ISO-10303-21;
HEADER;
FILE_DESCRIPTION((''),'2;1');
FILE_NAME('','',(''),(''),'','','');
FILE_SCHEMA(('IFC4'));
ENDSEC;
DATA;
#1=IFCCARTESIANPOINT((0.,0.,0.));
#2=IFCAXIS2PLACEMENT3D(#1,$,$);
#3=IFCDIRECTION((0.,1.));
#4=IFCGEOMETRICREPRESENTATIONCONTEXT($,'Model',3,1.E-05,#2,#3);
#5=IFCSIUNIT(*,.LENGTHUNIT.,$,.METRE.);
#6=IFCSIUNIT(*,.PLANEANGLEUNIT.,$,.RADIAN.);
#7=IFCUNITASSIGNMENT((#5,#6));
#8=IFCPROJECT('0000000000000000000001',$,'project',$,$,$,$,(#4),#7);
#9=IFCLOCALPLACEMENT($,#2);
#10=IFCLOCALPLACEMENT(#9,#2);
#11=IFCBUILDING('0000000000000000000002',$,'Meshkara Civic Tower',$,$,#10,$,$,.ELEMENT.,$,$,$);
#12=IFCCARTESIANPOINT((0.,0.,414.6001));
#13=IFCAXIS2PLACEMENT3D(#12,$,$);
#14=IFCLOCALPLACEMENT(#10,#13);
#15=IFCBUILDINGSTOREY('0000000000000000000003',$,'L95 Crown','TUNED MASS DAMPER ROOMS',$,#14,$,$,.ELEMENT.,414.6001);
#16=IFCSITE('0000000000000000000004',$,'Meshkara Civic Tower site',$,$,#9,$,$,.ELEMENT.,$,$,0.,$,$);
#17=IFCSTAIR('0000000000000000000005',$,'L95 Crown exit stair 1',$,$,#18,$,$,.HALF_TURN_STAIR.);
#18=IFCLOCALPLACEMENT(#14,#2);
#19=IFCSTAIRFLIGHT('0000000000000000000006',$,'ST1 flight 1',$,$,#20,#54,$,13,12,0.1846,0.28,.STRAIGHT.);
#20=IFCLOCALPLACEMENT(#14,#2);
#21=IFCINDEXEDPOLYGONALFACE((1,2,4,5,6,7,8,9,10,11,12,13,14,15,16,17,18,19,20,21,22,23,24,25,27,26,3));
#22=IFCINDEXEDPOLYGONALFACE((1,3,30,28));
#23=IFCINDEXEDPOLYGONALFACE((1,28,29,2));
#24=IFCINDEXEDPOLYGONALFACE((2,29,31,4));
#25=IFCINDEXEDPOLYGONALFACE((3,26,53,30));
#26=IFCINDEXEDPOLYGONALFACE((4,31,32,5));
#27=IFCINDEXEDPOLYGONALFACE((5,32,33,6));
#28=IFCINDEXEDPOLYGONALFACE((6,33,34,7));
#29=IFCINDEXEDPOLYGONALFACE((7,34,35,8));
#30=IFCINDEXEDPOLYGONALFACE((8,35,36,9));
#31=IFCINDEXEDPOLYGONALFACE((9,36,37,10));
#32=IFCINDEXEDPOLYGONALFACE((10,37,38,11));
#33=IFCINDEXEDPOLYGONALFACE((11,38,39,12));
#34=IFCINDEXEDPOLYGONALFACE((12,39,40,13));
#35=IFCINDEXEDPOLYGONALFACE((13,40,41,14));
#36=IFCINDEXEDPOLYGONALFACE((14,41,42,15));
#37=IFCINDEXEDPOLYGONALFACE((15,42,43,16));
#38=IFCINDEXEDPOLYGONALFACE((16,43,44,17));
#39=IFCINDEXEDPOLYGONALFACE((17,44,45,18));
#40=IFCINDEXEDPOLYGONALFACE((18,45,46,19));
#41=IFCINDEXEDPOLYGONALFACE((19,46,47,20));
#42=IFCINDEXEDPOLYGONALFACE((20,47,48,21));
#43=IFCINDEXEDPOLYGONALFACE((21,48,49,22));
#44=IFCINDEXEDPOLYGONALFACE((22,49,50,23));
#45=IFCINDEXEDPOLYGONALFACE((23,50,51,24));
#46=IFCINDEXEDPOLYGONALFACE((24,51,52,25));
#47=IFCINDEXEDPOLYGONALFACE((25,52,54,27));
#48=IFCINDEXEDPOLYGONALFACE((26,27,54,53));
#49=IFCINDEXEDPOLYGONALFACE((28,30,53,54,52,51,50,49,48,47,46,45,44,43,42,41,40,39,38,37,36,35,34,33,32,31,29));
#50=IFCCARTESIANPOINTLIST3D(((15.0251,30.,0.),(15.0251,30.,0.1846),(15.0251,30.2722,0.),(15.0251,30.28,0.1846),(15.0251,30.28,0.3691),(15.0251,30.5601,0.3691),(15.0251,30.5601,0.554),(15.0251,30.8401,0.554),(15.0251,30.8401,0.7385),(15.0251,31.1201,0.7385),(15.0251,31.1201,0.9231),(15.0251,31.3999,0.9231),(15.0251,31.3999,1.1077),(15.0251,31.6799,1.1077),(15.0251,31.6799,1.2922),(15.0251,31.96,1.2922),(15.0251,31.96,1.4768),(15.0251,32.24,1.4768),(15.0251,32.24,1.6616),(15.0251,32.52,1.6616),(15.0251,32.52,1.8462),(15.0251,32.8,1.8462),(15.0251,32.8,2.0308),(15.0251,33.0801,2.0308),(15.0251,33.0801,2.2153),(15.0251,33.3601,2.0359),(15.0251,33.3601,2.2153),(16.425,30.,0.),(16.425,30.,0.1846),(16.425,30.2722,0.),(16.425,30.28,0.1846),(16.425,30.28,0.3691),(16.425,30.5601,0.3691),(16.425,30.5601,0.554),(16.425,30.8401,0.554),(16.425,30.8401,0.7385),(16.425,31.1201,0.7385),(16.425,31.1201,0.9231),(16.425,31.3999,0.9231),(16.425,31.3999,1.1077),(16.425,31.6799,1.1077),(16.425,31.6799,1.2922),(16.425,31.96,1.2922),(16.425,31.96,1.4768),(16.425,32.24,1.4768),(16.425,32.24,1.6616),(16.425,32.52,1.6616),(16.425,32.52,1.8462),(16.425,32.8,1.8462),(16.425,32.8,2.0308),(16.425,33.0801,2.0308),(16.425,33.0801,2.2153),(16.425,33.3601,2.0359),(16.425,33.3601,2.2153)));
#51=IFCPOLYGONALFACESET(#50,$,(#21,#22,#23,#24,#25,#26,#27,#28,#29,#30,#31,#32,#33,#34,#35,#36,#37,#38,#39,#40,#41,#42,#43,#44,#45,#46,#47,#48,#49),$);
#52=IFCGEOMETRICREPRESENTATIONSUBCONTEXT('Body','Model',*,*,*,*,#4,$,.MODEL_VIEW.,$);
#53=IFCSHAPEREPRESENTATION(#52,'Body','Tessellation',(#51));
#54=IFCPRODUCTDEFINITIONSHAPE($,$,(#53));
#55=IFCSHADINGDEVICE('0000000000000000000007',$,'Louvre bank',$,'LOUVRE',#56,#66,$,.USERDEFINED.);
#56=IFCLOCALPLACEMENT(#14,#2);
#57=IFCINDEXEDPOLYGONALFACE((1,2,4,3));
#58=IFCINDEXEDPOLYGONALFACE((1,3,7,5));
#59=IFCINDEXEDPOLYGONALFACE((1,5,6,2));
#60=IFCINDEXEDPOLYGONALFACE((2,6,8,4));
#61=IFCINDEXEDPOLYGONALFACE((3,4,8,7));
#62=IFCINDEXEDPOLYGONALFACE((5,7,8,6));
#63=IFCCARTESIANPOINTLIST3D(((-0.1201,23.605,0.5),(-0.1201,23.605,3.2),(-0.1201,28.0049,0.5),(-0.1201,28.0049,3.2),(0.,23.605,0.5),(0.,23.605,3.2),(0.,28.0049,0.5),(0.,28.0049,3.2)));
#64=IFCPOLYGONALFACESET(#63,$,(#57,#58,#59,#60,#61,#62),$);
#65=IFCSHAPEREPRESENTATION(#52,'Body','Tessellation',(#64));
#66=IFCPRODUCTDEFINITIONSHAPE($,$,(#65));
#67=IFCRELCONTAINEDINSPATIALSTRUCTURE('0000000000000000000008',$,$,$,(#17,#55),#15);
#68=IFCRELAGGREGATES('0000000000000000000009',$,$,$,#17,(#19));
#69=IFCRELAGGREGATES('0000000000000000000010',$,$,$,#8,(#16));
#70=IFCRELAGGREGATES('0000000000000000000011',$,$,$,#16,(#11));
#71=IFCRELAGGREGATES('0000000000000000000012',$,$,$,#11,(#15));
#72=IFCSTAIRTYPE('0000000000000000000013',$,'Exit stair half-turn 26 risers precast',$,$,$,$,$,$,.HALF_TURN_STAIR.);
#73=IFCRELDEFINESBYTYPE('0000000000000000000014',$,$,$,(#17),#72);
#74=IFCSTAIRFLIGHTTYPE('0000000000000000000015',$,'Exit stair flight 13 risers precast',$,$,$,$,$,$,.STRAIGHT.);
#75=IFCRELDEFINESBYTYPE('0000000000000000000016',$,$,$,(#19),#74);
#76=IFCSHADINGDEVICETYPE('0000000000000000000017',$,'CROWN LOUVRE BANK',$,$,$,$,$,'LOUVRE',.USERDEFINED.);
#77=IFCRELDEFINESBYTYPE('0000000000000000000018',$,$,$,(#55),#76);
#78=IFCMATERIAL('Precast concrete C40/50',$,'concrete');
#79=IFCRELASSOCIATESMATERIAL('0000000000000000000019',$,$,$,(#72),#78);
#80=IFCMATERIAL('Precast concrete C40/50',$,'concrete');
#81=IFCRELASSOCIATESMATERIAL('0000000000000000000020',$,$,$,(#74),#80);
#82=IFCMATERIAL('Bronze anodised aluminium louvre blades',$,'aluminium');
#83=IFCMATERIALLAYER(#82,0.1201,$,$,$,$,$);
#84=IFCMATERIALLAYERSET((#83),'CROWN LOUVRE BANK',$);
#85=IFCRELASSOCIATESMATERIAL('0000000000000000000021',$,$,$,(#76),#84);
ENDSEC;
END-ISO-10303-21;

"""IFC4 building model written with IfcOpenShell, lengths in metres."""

from ifc_helpers import new_model, si_unit, direction, frame, origin, origin_2d, place, context, subcontext, project, spatial, polyline, rectangle, outline, extrude, material, layer, layer_set, type_object, element, aggregate, save


model = new_model("IFC4")

# Units and contexts
model_context = context("Model", 3, precision=1e-05, world=origin(), true_north=direction((0.0, 1.0)))
body_context = subcontext(model_context, "Body", "Model", "MODEL_VIEW")
ifc_project = project(units=[si_unit("LENGTHUNIT", "METRE"), si_unit("PLANEANGLEUNIT", "RADIAN")], contexts=[model_context])

# Site, building, storey
site_placement = place(None, origin())
site = spatial("IfcSite", under=ifc_project, at=site_placement, Name="Meshkara Civic Tower site", CompositionType="ELEMENT", RefElevation=0.0)
building_placement = place(site_placement, origin())
building = spatial("IfcBuilding", under=site, at=building_placement, Name="Meshkara Civic Tower", CompositionType="ELEMENT")
storey_placement = place(building_placement, frame((0.0, 0.0, 414.6001)))
storey = spatial("IfcBuildingStorey", under=building, at=storey_placement, Name="L95 Crown", Description="TUNED MASS DAMPER ROOMS", CompositionType="ELEMENT", Elevation=414.6001)

# Stair, stair flight
ifc_material_1 = material(Name="Precast concrete C40/50", Category="concrete")
stair_type = type_object("IfcStairType", Name="Exit stair half-turn 26 risers precast", PredefinedType="HALF_TURN_STAIR", material=ifc_material_1)
stair_placement = place(storey_placement, origin())
stair = element("IfcStair", 1, at=stair_placement, inside=storey, type_object=stair_type, Name="L95 Crown exit stair 1", PredefinedType="HALF_TURN_STAIR")
ifc_material_2 = material(Name="Precast concrete C40/50", Category="concrete")
stair_flight_type = type_object("IfcStairFlightType", Name="Exit stair flight 13 risers precast", PredefinedType="STRAIGHT", material=ifc_material_2)
stair_flight_placement = place(storey_placement, frame((15.7251, 30.0, 0.0), z_axis=(0.0, 0.0, 1.0), x_axis=(0.0, 1.0, 0.0)))
stair_flight = element("IfcStairFlight", 2, at=stair_flight_placement, type_object=stair_flight_type, Name="ST1 flight 1", NumberOfRisers=13, NumberOfTreads=12, PredefinedType="STRAIGHT", RiserHeight=0.1846, TreadLength=0.28, context=body_context, shape_type="SweptSolid", body=[
    extrude(outline(polyline([(0.0, 0.0), (0.0, 0.1846), (0.28, 0.1846), (0.28, 0.3691), (0.5601, 0.3691), (0.5601, 0.554), (0.8401, 0.554), (0.8401, 0.7385), (1.1201, 0.7385), (1.1201, 0.9231), (1.3999, 0.9231), (1.3999, 1.1077), (1.6799, 1.1077), (1.6799, 1.2922), (1.96, 1.2922), (1.96, 1.4768), (2.24, 1.4768), (2.24, 1.6616), (2.52, 1.6616), (2.52, 1.8462), (2.8, 1.8462), (2.8, 2.0308), (3.0801, 2.0308), (3.0801, 2.2153), (3.3601, 2.2153), (3.3601, 2.3999), (3.3601, 2.0359), (0.2722, 0.0), (0.0, 0.0)])), frame((0.0, 0.7, 0.0), z_axis=(0.0, -1.0, 0.0), x_axis=(1.0, 0.0, 0.0)), (0.0, 0.0, 1.0), 1.3999),
])
aggregate(stair, [stair_flight])

# Shading device
ifc_material_3 = material(Name="Bronze anodised aluminium louvre blades", Category="aluminium")
ifc_layer_1 = layer(ifc_material_3, 0.1201)
ifc_layer_set_1 = layer_set([ifc_layer_1], Name="CROWN LOUVRE BANK")
shading_device_type = type_object("IfcShadingDeviceType", Name="CROWN LOUVRE BANK", ElementType="LOUVRE", PredefinedType="USERDEFINED", material=ifc_layer_set_1)
shading_device_placement = place(storey_placement, frame((-0.0601, 25.8049, 0.5), z_axis=(0.0, 0.0, 1.0), x_axis=(0.0, -1.0, 0.0)))
element("IfcShadingDevice", 3, at=shading_device_placement, inside=storey, type_object=shading_device_type, Name="Louvre bank", ObjectType="LOUVRE", PredefinedType="USERDEFINED", context=body_context, shape_type="SweptSolid", body=[
    extrude(rectangle(XDim=4.3999, YDim=0.1201, at=origin_2d()), origin(), (0.0, 0.0, 1.0), 2.7),
])

save(model, "model.ifc")
